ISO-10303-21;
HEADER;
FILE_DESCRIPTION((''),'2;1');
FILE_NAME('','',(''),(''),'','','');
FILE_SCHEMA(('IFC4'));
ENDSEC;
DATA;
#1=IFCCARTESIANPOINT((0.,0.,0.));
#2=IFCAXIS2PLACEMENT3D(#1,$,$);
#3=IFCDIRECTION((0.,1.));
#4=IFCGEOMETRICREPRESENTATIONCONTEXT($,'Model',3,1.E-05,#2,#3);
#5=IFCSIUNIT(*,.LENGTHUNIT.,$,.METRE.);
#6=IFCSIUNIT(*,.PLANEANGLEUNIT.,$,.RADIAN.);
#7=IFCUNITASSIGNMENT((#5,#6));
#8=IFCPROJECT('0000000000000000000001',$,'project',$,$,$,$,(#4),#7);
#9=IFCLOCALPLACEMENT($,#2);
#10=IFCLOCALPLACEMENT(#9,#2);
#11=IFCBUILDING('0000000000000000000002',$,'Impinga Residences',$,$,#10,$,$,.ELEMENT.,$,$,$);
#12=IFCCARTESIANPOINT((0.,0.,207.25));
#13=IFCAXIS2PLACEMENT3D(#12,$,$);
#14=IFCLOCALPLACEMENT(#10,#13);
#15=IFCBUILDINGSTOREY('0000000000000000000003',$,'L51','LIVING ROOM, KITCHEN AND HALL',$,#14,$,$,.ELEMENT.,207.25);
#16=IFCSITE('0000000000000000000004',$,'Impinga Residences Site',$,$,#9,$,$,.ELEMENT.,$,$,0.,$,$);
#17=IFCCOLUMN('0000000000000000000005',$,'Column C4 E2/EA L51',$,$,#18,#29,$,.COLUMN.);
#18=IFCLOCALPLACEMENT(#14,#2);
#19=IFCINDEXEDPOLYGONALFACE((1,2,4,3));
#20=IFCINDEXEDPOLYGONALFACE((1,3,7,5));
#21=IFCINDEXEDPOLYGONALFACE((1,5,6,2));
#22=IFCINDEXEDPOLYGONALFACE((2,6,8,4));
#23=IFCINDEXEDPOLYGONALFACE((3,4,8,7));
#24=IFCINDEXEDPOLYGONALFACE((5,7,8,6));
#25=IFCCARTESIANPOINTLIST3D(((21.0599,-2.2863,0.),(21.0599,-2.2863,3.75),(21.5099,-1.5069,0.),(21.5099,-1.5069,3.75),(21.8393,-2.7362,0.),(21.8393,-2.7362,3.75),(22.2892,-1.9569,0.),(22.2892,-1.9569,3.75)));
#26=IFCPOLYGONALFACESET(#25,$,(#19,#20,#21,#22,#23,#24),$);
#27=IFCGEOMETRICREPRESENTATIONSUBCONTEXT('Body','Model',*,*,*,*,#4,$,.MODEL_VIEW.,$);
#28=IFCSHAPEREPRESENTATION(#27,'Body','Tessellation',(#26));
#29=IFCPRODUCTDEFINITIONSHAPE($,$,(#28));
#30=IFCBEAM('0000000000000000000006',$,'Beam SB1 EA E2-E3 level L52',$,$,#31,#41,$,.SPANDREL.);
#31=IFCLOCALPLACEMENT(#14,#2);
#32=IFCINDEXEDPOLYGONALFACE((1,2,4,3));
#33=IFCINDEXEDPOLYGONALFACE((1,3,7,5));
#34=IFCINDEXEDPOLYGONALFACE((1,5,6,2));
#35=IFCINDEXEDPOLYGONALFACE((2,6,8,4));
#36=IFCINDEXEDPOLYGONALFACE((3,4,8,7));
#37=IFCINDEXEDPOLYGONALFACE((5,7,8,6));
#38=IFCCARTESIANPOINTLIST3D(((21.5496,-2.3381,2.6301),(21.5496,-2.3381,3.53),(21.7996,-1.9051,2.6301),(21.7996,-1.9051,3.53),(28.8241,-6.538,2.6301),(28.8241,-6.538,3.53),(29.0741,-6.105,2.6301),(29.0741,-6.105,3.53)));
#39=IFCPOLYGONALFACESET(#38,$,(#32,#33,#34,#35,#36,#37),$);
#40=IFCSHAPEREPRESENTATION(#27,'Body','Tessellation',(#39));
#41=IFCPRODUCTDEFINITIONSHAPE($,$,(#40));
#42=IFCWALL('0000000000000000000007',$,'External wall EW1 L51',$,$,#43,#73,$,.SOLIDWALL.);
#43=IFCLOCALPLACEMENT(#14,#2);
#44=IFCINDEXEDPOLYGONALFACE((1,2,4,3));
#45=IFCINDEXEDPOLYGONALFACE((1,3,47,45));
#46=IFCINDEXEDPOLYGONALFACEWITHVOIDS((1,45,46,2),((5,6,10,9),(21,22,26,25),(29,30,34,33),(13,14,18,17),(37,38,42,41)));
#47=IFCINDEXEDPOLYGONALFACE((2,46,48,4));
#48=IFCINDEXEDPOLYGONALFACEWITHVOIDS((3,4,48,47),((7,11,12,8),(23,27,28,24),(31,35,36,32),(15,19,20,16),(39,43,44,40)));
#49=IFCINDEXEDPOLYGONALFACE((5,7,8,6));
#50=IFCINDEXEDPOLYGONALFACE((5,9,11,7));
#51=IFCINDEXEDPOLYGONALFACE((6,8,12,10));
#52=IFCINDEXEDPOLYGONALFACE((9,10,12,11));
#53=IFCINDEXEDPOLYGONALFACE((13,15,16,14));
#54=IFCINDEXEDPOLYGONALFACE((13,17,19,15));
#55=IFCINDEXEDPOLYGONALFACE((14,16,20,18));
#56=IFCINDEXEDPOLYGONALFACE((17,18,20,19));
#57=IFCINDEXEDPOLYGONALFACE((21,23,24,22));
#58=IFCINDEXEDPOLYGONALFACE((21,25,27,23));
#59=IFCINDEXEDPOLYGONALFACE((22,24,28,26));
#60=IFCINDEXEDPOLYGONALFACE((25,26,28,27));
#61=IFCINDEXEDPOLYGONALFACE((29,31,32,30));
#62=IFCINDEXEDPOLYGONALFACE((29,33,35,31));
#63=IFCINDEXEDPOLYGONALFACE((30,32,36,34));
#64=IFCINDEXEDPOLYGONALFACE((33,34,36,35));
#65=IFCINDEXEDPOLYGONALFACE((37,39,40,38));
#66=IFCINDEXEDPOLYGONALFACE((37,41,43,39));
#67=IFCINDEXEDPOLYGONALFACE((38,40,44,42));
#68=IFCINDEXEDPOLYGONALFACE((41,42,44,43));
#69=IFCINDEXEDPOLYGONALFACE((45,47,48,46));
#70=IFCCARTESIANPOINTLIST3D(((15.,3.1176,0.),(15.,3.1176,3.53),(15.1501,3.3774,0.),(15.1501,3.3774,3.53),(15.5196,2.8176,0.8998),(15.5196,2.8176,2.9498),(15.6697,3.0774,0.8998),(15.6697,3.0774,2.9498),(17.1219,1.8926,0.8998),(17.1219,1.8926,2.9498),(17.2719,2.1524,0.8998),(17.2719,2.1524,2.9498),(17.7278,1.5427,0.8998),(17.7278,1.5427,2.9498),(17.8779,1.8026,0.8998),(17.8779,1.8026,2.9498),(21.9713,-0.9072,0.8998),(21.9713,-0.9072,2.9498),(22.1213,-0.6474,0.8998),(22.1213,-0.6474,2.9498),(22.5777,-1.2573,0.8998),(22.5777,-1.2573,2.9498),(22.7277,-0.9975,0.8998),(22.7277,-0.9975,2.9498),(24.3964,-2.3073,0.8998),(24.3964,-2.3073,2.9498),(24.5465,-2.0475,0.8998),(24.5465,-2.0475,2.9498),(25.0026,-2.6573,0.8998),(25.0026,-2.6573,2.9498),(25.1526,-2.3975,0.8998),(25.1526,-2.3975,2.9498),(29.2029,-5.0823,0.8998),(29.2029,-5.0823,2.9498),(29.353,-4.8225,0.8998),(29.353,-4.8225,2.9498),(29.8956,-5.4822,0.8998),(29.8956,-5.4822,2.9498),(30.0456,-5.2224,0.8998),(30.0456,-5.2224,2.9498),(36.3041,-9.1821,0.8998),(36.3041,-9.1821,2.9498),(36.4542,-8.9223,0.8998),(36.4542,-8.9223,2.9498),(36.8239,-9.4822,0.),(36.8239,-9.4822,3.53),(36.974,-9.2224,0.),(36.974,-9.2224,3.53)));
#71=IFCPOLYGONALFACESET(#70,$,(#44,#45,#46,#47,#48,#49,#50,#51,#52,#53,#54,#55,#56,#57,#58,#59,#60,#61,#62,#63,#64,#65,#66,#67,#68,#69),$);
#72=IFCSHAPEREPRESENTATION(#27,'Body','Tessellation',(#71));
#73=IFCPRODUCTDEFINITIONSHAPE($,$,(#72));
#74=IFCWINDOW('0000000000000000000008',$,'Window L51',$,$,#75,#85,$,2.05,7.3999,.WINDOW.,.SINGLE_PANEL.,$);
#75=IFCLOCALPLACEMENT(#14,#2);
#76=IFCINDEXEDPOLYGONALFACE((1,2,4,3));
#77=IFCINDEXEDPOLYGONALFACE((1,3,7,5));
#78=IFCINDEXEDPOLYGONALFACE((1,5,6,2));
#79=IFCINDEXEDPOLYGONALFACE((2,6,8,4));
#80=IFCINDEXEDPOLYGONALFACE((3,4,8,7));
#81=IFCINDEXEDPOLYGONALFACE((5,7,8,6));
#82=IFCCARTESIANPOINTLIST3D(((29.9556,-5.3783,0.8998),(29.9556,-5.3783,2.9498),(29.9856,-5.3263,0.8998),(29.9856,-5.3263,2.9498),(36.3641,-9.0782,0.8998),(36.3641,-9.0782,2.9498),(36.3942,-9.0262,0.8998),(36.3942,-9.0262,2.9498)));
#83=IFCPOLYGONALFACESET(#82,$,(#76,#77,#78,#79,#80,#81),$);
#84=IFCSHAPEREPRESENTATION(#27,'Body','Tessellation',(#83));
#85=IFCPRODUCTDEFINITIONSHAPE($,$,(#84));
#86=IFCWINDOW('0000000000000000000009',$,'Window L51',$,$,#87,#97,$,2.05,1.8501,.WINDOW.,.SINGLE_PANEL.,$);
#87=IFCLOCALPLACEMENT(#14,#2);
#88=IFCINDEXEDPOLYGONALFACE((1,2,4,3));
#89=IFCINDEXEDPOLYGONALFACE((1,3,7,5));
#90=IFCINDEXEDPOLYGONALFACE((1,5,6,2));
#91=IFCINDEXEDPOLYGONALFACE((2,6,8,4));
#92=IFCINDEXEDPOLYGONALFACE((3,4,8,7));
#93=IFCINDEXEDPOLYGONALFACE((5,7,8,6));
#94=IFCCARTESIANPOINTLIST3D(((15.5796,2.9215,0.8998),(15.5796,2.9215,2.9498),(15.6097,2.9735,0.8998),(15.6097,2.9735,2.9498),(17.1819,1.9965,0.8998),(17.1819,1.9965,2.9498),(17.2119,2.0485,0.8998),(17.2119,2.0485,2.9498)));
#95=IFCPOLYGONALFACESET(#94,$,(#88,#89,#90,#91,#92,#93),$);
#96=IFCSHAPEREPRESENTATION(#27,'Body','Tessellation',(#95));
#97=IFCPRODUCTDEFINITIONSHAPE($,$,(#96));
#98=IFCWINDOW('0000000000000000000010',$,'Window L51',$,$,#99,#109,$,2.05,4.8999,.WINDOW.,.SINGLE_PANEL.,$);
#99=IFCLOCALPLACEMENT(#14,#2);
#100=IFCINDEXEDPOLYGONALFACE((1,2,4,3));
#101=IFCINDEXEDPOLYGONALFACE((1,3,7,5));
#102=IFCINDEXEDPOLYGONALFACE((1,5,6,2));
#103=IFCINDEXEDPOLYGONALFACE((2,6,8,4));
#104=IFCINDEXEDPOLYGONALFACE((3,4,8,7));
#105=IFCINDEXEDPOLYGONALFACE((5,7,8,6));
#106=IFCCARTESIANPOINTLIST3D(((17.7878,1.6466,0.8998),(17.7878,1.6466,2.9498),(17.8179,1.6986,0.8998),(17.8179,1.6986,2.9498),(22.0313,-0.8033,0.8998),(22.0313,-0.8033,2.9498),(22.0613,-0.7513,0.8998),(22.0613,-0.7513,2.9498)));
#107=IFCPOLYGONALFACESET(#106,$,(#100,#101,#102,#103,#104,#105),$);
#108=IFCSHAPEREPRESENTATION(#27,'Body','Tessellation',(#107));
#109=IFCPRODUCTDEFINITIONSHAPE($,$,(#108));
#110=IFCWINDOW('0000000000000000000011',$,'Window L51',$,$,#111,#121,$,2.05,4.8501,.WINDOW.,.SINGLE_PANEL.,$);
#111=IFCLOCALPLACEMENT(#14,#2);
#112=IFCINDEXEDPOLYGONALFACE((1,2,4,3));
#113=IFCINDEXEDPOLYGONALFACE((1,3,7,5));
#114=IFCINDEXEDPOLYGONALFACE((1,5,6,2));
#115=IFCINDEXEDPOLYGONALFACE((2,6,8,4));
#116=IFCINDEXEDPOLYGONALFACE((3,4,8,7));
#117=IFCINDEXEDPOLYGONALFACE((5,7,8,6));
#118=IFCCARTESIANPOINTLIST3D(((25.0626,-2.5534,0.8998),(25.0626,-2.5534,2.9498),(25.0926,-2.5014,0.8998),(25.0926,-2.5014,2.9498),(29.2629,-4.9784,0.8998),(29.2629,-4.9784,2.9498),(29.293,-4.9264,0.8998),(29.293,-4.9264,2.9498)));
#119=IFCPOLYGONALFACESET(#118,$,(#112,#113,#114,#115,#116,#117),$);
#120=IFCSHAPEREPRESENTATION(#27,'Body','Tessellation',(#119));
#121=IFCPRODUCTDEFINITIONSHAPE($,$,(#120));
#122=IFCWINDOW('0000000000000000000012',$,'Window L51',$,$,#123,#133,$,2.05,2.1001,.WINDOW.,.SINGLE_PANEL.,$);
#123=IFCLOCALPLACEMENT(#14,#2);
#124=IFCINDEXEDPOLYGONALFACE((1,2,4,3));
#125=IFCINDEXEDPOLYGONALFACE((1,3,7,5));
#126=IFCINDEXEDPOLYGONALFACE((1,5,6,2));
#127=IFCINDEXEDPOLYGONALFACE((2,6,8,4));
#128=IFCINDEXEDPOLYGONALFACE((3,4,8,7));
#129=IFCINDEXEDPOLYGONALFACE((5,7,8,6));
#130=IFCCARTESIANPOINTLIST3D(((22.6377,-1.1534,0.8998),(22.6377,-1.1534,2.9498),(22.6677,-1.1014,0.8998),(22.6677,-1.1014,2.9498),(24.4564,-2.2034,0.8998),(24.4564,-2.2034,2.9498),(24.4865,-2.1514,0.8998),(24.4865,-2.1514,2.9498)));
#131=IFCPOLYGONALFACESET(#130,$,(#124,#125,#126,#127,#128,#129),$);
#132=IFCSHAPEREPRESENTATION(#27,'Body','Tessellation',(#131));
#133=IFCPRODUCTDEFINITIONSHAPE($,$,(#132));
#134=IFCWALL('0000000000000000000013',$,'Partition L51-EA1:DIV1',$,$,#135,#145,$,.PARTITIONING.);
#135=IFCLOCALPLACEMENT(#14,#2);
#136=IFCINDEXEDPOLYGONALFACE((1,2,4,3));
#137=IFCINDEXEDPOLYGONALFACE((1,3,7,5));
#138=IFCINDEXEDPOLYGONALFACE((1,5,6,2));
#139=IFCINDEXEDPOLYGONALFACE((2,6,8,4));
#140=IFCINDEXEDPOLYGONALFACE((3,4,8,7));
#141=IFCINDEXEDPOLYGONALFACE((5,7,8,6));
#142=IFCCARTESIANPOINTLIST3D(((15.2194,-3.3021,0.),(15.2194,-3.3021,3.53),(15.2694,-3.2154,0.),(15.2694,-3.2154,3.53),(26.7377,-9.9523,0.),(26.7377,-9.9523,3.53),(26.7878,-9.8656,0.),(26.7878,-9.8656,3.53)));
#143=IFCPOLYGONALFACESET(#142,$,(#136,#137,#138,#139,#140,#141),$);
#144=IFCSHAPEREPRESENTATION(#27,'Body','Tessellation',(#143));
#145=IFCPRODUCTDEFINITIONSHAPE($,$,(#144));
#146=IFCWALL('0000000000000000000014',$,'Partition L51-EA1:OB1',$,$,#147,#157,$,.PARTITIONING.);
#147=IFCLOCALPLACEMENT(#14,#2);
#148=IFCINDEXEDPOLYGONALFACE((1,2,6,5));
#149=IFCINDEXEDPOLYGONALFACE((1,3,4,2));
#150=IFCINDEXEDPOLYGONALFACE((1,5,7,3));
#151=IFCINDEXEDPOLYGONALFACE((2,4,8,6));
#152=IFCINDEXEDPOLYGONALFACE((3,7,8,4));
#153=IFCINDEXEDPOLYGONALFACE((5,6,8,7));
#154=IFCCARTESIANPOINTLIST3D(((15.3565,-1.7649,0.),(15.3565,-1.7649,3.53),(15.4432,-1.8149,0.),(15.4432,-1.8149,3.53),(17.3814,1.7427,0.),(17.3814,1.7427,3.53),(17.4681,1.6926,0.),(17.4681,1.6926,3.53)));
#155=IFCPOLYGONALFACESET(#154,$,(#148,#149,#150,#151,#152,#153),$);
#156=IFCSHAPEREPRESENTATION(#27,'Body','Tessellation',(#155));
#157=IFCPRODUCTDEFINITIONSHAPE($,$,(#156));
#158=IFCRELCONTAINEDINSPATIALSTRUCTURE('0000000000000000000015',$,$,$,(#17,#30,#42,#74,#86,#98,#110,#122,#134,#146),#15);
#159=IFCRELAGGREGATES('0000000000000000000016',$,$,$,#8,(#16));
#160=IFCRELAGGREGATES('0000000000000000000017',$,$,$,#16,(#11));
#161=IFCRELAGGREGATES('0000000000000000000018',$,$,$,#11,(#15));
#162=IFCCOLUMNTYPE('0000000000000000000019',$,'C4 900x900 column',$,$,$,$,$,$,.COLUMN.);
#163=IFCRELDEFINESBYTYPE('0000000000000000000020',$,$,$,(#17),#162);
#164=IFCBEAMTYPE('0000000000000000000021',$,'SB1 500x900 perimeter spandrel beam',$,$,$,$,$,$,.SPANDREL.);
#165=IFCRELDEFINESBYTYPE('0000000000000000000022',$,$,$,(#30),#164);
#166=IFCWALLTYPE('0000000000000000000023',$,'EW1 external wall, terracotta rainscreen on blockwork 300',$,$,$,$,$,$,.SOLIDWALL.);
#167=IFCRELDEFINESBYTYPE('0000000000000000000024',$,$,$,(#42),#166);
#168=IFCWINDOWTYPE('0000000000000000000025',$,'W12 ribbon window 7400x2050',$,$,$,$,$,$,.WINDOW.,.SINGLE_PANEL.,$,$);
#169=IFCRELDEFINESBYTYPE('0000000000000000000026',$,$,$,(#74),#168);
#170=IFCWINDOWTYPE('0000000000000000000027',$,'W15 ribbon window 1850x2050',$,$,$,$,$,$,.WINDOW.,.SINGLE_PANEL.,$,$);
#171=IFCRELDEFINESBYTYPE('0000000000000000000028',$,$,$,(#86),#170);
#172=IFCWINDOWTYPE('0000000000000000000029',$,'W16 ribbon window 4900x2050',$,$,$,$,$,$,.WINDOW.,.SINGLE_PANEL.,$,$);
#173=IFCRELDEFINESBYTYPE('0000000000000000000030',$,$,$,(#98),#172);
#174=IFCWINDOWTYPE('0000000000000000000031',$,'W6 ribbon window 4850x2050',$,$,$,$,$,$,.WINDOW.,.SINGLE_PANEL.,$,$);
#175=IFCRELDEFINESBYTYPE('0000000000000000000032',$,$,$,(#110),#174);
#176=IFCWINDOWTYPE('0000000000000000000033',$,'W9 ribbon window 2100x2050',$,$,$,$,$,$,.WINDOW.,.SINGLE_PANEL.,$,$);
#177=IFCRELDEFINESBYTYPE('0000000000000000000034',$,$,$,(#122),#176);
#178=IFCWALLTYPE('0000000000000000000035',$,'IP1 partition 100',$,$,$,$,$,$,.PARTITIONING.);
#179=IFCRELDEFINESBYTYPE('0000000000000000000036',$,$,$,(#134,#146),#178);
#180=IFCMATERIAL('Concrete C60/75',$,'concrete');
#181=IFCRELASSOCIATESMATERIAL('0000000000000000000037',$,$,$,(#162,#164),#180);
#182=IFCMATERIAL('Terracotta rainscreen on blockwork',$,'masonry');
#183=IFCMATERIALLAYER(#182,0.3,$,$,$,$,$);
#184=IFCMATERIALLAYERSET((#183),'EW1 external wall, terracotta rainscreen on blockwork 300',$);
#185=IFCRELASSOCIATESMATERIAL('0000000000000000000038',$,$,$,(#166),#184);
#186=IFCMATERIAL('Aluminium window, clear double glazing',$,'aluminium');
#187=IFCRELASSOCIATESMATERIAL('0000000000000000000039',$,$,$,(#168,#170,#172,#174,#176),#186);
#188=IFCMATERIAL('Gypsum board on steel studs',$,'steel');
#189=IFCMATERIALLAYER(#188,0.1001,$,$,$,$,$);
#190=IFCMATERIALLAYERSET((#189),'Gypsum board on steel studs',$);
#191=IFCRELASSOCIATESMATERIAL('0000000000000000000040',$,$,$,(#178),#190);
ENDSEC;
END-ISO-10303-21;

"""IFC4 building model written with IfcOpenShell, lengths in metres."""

from ifc_helpers import new_model, si_unit, direction, frame, frame_2d, origin, origin_2d, place, context, subcontext, project, spatial, rectangle, extrude, material, layer, layer_set, material_profile, profile_set, type_object, element, fill, save


model = new_model("IFC4")

# Units and contexts
model_context = context("Model", 3, precision=1e-05, world=origin(), true_north=direction((0.0, 1.0)))
body_context = subcontext(model_context, "Body", "Model", "MODEL_VIEW")
ifc_project = project(units=[si_unit("LENGTHUNIT", "METRE"), si_unit("PLANEANGLEUNIT", "RADIAN")], contexts=[model_context])

# Site, building, storey
site_placement = place(None, origin())
site = spatial("IfcSite", under=ifc_project, at=site_placement, Name="Impinga Residences Site", CompositionType="ELEMENT", RefElevation=0.0)
building_placement = place(site_placement, origin())
building = spatial("IfcBuilding", under=site, at=building_placement, Name="Impinga Residences", CompositionType="ELEMENT")
storey_placement = place(building_placement, frame((0.0, 0.0, 207.25)))
storey = spatial("IfcBuildingStorey", under=building, at=storey_placement, Name="L51", Description="LIVING ROOM, KITCHEN AND HALL", CompositionType="ELEMENT", Elevation=207.25)

# Column
ifc_material_1 = material(Name="Concrete C60/75", Category="concrete")
ifc_material_profile_1 = material_profile(ifc_material_1, rectangle(XDim=0.8999, YDim=0.8999, at=origin_2d()), Name="RC 900x900")
ifc_profile_set_1 = profile_set([ifc_material_profile_1], Name="Concrete C60/75")
column_type = type_object("IfcColumnType", Name="C4 900x900 column", PredefinedType="COLUMN", material=ifc_profile_set_1)
column_placement = place(storey_placement, frame((21.6746, -2.1216, 0.0), z_axis=(0.0, 0.0, 1.0), x_axis=(-0.5, -0.866025, 0.0)))
element("IfcColumn", 1, at=column_placement, inside=storey, type_object=column_type, Name="Column C4 E2/EA L51", PredefinedType="COLUMN", context=body_context, shape_type="SweptSolid", body=[
    extrude(rectangle(XDim=0.8999, YDim=0.8999, at=origin_2d()), origin(), (0.0, 0.0, 1.0), 3.75),
])

# Beam
ifc_material_profile_2 = material_profile(ifc_material_1, rectangle(XDim=0.5, YDim=0.8999, at=origin_2d()), Name="RC 500x900")
ifc_profile_set_2 = profile_set([ifc_material_profile_2], Name="Concrete C60/75")
beam_type = type_object("IfcBeamType", Name="SB1 500x900 perimeter spandrel beam", PredefinedType="SPANDREL", material=ifc_profile_set_2)
beam_placement = place(storey_placement, frame((21.6746, -2.1216, 3.0801), z_axis=(0.866029, -0.499993, 0.0), x_axis=(0.499993, 0.866029, 0.0)))
element("IfcBeam", 2, at=beam_placement, inside=storey, type_object=beam_type, Name="Beam SB1 EA E2-E3 level L52", PredefinedType="SPANDREL", context=body_context, shape_type="SweptSolid", body=[
    extrude(rectangle(XDim=0.5, YDim=0.8999, at=origin_2d()), origin(), (0.0, 0.0, 1.0), 8.3999),
])

# Wall, openings, windows
ifc_material_2 = material(Name="Terracotta rainscreen on blockwork", Category="masonry")
ifc_layer_1 = layer(ifc_material_2, 0.3)
ifc_layer_set_1 = layer_set([ifc_layer_1], Name="EW1 external wall, terracotta rainscreen on blockwork 300")
wall_type_1 = type_object("IfcWallType", Name="EW1 external wall, terracotta rainscreen on blockwork 300", PredefinedType="SOLIDWALL", material=ifc_layer_set_1)
wall_1_placement = place(storey_placement, frame((15.075, 3.2476, 0.0), z_axis=(0.0, 0.0, 1.0), x_axis=(0.866029, -0.499993, 0.0)))
wall_1 = element("IfcWall", 3, at=wall_1_placement, inside=storey, type_object=wall_type_1, Name="External wall EW1 L51", PredefinedType="SOLIDWALL", context=body_context, shape_type="SweptSolid", body=[
    extrude(rectangle(XDim=25.2, YDim=0.3, at=frame_2d((12.6001, 0.0))), origin(), (0.0, 0.0, 1.0), 3.53),
])
opening_1_placement = place(wall_1_placement, frame((0.6001, 0.0, 0.8999)))
opening_1 = element("IfcOpeningElement", 4, at=opening_1_placement, cuts=wall_1, PredefinedType="OPENING", context=body_context, shape_type="SweptSolid", body=[
    extrude(rectangle(XDim=1.8501, YDim=2.05, at=frame_2d((0.925, 1.0249))), frame((0.0, 0.1599, 0.0), z_axis=(0.0, -1.0, 0.0), x_axis=(1.0, 0.0, 0.0)), (0.0, 0.0, 1.0), 0.3201),
])
opening_2_placement = place(wall_1_placement, frame((3.1499, 0.0, 0.8999)))
opening_2 = element("IfcOpeningElement", 5, at=opening_2_placement, cuts=wall_1, PredefinedType="OPENING", context=body_context, shape_type="SweptSolid", body=[
    extrude(rectangle(XDim=4.8999, YDim=2.05, at=frame_2d((2.45, 1.0249))), frame((0.0, 0.1599, 0.0), z_axis=(0.0, -1.0, 0.0), x_axis=(1.0, 0.0, 0.0)), (0.0, 0.0, 1.0), 0.3201),
])
opening_3_placement = place(wall_1_placement, frame((8.75, 0.0, 0.8999)))
opening_3 = element("IfcOpeningElement", 6, at=opening_3_placement, cuts=wall_1, PredefinedType="OPENING", context=body_context, shape_type="SweptSolid", body=[
    extrude(rectangle(XDim=2.1001, YDim=2.05, at=frame_2d((1.05, 1.0249))), frame((0.0, 0.1599, 0.0), z_axis=(0.0, -1.0, 0.0), x_axis=(1.0, 0.0, 0.0)), (0.0, 0.0, 1.0), 0.3201),
])
opening_4_placement = place(wall_1_placement, frame((11.55, 0.0, 0.8999)))
opening_4 = element("IfcOpeningElement", 7, at=opening_4_placement, cuts=wall_1, PredefinedType="OPENING", context=body_context, shape_type="SweptSolid", body=[
    extrude(rectangle(XDim=4.8501, YDim=2.05, at=frame_2d((2.425, 1.0249))), frame((0.0, 0.1599, 0.0), z_axis=(0.0, -1.0, 0.0), x_axis=(1.0, 0.0, 0.0)), (0.0, 0.0, 1.0), 0.3201),
])
opening_5_placement = place(wall_1_placement, frame((17.2, 0.0, 0.8999)))
opening_5 = element("IfcOpeningElement", 8, at=opening_5_placement, cuts=wall_1, PredefinedType="OPENING", context=body_context, shape_type="SweptSolid", body=[
    extrude(rectangle(XDim=7.3999, YDim=2.05, at=frame_2d((3.7, 1.0249))), frame((0.0, 0.1599, 0.0), z_axis=(0.0, -1.0, 0.0), x_axis=(1.0, 0.0, 0.0)), (0.0, 0.0, 1.0), 0.3201),
])
ifc_material_3 = material(Name="Aluminium window, clear double glazing", Category="aluminium")
window_type_1 = type_object("IfcWindowType", Name="W12 ribbon window 7400x2050", PartitioningType="SINGLE_PANEL", PredefinedType="WINDOW", material=ifc_material_3)
window_1_placement = place(opening_5_placement, origin())
window_1 = element("IfcWindow", 9, at=window_1_placement, inside=storey, type_object=window_type_1, Name="Window L51", OverallHeight=2.05, OverallWidth=7.3999, PartitioningType="SINGLE_PANEL", PredefinedType="WINDOW", context=body_context, shape_type="SweptSolid", body=[
    extrude(rectangle(XDim=7.3999, YDim=2.05, at=frame_2d((3.7, 1.0249))), frame((0.0, 0.03, 0.0), z_axis=(0.0, -1.0, 0.0), x_axis=(1.0, 0.0, 0.0)), (0.0, 0.0, 1.0), 0.0601),
])
fill(opening_5, window_1)
window_type_2 = type_object("IfcWindowType", Name="W15 ribbon window 1850x2050", PartitioningType="SINGLE_PANEL", PredefinedType="WINDOW", material=ifc_material_3)
window_2_placement = place(opening_1_placement, origin())
window_2 = element("IfcWindow", 10, at=window_2_placement, inside=storey, type_object=window_type_2, Name="Window L51", OverallHeight=2.05, OverallWidth=1.8501, PartitioningType="SINGLE_PANEL", PredefinedType="WINDOW", context=body_context, shape_type="SweptSolid", body=[
    extrude(rectangle(XDim=1.8501, YDim=2.05, at=frame_2d((0.925, 1.0249))), frame((0.0, 0.03, 0.0), z_axis=(0.0, -1.0, 0.0), x_axis=(1.0, 0.0, 0.0)), (0.0, 0.0, 1.0), 0.0601),
])
fill(opening_1, window_2)
window_type_3 = type_object("IfcWindowType", Name="W16 ribbon window 4900x2050", PartitioningType="SINGLE_PANEL", PredefinedType="WINDOW", material=ifc_material_3)
window_3_placement = place(opening_2_placement, origin())
window_3 = element("IfcWindow", 11, at=window_3_placement, inside=storey, type_object=window_type_3, Name="Window L51", OverallHeight=2.05, OverallWidth=4.8999, PartitioningType="SINGLE_PANEL", PredefinedType="WINDOW", context=body_context, shape_type="SweptSolid", body=[
    extrude(rectangle(XDim=4.8999, YDim=2.05, at=frame_2d((2.45, 1.0249))), frame((0.0, 0.03, 0.0), z_axis=(0.0, -1.0, 0.0), x_axis=(1.0, 0.0, 0.0)), (0.0, 0.0, 1.0), 0.0601),
])
fill(opening_2, window_3)
window_type_4 = type_object("IfcWindowType", Name="W6 ribbon window 4850x2050", PartitioningType="SINGLE_PANEL", PredefinedType="WINDOW", material=ifc_material_3)
window_4_placement = place(opening_4_placement, origin())
window_4 = element("IfcWindow", 12, at=window_4_placement, inside=storey, type_object=window_type_4, Name="Window L51", OverallHeight=2.05, OverallWidth=4.8501, PartitioningType="SINGLE_PANEL", PredefinedType="WINDOW", context=body_context, shape_type="SweptSolid", body=[
    extrude(rectangle(XDim=4.8501, YDim=2.05, at=frame_2d((2.425, 1.0249))), frame((0.0, 0.03, 0.0), z_axis=(0.0, -1.0, 0.0), x_axis=(1.0, 0.0, 0.0)), (0.0, 0.0, 1.0), 0.0601),
])
fill(opening_4, window_4)
window_type_5 = type_object("IfcWindowType", Name="W9 ribbon window 2100x2050", PartitioningType="SINGLE_PANEL", PredefinedType="WINDOW", material=ifc_material_3)
window_5_placement = place(opening_3_placement, origin())
window_5 = element("IfcWindow", 13, at=window_5_placement, inside=storey, type_object=window_type_5, Name="Window L51", OverallHeight=2.05, OverallWidth=2.1001, PartitioningType="SINGLE_PANEL", PredefinedType="WINDOW", context=body_context, shape_type="SweptSolid", body=[
    extrude(rectangle(XDim=2.1001, YDim=2.05, at=frame_2d((1.05, 1.0249))), frame((0.0, 0.03, 0.0), z_axis=(0.0, -1.0, 0.0), x_axis=(1.0, 0.0, 0.0)), (0.0, 0.0, 1.0), 0.0601),
])
fill(opening_3, window_5)

# Walls
ifc_material_4 = material(Name="Gypsum board on steel studs", Category="steel")
ifc_layer_2 = layer(ifc_material_4, 0.1001)
ifc_layer_set_2 = layer_set([ifc_layer_2], Name="Gypsum board on steel studs")
wall_type_2 = type_object("IfcWallType", Name="IP1 partition 100", PredefinedType="PARTITIONING", material=ifc_layer_set_2)
wall_2_placement = place(storey_placement, frame((15.2444, -3.2588, 0.0), z_axis=(0.0, 0.0, 1.0), x_axis=(0.866024, -0.500003, 0.0)))
element("IfcWall", 14, at=wall_2_placement, inside=storey, type_object=wall_type_2, Name="Partition L51-EA1:DIV1", PredefinedType="PARTITIONING", context=body_context, shape_type="SweptSolid", body=[
    extrude(rectangle(XDim=13.3003, YDim=0.1001, at=frame_2d((6.6501, 0.0))), origin(), (0.0, 0.0, 1.0), 3.53),
])
wall_3_placement = place(storey_placement, frame((15.3999, -1.7898, 0.0), z_axis=(0.0, 0.0, 1.0), x_axis=(0.499964, 0.866046, 0.0)))
element("IfcWall", 15, at=wall_3_placement, inside=storey, type_object=wall_type_2, Name="Partition L51-EA1:OB1", PredefinedType="PARTITIONING", context=body_context, shape_type="SweptSolid", body=[
    extrude(rectangle(XDim=4.05, YDim=0.1001, at=frame_2d((2.0249, 0.0))), origin(), (0.0, 0.0, 1.0), 3.53),
])

save(model, "model.ifc")
